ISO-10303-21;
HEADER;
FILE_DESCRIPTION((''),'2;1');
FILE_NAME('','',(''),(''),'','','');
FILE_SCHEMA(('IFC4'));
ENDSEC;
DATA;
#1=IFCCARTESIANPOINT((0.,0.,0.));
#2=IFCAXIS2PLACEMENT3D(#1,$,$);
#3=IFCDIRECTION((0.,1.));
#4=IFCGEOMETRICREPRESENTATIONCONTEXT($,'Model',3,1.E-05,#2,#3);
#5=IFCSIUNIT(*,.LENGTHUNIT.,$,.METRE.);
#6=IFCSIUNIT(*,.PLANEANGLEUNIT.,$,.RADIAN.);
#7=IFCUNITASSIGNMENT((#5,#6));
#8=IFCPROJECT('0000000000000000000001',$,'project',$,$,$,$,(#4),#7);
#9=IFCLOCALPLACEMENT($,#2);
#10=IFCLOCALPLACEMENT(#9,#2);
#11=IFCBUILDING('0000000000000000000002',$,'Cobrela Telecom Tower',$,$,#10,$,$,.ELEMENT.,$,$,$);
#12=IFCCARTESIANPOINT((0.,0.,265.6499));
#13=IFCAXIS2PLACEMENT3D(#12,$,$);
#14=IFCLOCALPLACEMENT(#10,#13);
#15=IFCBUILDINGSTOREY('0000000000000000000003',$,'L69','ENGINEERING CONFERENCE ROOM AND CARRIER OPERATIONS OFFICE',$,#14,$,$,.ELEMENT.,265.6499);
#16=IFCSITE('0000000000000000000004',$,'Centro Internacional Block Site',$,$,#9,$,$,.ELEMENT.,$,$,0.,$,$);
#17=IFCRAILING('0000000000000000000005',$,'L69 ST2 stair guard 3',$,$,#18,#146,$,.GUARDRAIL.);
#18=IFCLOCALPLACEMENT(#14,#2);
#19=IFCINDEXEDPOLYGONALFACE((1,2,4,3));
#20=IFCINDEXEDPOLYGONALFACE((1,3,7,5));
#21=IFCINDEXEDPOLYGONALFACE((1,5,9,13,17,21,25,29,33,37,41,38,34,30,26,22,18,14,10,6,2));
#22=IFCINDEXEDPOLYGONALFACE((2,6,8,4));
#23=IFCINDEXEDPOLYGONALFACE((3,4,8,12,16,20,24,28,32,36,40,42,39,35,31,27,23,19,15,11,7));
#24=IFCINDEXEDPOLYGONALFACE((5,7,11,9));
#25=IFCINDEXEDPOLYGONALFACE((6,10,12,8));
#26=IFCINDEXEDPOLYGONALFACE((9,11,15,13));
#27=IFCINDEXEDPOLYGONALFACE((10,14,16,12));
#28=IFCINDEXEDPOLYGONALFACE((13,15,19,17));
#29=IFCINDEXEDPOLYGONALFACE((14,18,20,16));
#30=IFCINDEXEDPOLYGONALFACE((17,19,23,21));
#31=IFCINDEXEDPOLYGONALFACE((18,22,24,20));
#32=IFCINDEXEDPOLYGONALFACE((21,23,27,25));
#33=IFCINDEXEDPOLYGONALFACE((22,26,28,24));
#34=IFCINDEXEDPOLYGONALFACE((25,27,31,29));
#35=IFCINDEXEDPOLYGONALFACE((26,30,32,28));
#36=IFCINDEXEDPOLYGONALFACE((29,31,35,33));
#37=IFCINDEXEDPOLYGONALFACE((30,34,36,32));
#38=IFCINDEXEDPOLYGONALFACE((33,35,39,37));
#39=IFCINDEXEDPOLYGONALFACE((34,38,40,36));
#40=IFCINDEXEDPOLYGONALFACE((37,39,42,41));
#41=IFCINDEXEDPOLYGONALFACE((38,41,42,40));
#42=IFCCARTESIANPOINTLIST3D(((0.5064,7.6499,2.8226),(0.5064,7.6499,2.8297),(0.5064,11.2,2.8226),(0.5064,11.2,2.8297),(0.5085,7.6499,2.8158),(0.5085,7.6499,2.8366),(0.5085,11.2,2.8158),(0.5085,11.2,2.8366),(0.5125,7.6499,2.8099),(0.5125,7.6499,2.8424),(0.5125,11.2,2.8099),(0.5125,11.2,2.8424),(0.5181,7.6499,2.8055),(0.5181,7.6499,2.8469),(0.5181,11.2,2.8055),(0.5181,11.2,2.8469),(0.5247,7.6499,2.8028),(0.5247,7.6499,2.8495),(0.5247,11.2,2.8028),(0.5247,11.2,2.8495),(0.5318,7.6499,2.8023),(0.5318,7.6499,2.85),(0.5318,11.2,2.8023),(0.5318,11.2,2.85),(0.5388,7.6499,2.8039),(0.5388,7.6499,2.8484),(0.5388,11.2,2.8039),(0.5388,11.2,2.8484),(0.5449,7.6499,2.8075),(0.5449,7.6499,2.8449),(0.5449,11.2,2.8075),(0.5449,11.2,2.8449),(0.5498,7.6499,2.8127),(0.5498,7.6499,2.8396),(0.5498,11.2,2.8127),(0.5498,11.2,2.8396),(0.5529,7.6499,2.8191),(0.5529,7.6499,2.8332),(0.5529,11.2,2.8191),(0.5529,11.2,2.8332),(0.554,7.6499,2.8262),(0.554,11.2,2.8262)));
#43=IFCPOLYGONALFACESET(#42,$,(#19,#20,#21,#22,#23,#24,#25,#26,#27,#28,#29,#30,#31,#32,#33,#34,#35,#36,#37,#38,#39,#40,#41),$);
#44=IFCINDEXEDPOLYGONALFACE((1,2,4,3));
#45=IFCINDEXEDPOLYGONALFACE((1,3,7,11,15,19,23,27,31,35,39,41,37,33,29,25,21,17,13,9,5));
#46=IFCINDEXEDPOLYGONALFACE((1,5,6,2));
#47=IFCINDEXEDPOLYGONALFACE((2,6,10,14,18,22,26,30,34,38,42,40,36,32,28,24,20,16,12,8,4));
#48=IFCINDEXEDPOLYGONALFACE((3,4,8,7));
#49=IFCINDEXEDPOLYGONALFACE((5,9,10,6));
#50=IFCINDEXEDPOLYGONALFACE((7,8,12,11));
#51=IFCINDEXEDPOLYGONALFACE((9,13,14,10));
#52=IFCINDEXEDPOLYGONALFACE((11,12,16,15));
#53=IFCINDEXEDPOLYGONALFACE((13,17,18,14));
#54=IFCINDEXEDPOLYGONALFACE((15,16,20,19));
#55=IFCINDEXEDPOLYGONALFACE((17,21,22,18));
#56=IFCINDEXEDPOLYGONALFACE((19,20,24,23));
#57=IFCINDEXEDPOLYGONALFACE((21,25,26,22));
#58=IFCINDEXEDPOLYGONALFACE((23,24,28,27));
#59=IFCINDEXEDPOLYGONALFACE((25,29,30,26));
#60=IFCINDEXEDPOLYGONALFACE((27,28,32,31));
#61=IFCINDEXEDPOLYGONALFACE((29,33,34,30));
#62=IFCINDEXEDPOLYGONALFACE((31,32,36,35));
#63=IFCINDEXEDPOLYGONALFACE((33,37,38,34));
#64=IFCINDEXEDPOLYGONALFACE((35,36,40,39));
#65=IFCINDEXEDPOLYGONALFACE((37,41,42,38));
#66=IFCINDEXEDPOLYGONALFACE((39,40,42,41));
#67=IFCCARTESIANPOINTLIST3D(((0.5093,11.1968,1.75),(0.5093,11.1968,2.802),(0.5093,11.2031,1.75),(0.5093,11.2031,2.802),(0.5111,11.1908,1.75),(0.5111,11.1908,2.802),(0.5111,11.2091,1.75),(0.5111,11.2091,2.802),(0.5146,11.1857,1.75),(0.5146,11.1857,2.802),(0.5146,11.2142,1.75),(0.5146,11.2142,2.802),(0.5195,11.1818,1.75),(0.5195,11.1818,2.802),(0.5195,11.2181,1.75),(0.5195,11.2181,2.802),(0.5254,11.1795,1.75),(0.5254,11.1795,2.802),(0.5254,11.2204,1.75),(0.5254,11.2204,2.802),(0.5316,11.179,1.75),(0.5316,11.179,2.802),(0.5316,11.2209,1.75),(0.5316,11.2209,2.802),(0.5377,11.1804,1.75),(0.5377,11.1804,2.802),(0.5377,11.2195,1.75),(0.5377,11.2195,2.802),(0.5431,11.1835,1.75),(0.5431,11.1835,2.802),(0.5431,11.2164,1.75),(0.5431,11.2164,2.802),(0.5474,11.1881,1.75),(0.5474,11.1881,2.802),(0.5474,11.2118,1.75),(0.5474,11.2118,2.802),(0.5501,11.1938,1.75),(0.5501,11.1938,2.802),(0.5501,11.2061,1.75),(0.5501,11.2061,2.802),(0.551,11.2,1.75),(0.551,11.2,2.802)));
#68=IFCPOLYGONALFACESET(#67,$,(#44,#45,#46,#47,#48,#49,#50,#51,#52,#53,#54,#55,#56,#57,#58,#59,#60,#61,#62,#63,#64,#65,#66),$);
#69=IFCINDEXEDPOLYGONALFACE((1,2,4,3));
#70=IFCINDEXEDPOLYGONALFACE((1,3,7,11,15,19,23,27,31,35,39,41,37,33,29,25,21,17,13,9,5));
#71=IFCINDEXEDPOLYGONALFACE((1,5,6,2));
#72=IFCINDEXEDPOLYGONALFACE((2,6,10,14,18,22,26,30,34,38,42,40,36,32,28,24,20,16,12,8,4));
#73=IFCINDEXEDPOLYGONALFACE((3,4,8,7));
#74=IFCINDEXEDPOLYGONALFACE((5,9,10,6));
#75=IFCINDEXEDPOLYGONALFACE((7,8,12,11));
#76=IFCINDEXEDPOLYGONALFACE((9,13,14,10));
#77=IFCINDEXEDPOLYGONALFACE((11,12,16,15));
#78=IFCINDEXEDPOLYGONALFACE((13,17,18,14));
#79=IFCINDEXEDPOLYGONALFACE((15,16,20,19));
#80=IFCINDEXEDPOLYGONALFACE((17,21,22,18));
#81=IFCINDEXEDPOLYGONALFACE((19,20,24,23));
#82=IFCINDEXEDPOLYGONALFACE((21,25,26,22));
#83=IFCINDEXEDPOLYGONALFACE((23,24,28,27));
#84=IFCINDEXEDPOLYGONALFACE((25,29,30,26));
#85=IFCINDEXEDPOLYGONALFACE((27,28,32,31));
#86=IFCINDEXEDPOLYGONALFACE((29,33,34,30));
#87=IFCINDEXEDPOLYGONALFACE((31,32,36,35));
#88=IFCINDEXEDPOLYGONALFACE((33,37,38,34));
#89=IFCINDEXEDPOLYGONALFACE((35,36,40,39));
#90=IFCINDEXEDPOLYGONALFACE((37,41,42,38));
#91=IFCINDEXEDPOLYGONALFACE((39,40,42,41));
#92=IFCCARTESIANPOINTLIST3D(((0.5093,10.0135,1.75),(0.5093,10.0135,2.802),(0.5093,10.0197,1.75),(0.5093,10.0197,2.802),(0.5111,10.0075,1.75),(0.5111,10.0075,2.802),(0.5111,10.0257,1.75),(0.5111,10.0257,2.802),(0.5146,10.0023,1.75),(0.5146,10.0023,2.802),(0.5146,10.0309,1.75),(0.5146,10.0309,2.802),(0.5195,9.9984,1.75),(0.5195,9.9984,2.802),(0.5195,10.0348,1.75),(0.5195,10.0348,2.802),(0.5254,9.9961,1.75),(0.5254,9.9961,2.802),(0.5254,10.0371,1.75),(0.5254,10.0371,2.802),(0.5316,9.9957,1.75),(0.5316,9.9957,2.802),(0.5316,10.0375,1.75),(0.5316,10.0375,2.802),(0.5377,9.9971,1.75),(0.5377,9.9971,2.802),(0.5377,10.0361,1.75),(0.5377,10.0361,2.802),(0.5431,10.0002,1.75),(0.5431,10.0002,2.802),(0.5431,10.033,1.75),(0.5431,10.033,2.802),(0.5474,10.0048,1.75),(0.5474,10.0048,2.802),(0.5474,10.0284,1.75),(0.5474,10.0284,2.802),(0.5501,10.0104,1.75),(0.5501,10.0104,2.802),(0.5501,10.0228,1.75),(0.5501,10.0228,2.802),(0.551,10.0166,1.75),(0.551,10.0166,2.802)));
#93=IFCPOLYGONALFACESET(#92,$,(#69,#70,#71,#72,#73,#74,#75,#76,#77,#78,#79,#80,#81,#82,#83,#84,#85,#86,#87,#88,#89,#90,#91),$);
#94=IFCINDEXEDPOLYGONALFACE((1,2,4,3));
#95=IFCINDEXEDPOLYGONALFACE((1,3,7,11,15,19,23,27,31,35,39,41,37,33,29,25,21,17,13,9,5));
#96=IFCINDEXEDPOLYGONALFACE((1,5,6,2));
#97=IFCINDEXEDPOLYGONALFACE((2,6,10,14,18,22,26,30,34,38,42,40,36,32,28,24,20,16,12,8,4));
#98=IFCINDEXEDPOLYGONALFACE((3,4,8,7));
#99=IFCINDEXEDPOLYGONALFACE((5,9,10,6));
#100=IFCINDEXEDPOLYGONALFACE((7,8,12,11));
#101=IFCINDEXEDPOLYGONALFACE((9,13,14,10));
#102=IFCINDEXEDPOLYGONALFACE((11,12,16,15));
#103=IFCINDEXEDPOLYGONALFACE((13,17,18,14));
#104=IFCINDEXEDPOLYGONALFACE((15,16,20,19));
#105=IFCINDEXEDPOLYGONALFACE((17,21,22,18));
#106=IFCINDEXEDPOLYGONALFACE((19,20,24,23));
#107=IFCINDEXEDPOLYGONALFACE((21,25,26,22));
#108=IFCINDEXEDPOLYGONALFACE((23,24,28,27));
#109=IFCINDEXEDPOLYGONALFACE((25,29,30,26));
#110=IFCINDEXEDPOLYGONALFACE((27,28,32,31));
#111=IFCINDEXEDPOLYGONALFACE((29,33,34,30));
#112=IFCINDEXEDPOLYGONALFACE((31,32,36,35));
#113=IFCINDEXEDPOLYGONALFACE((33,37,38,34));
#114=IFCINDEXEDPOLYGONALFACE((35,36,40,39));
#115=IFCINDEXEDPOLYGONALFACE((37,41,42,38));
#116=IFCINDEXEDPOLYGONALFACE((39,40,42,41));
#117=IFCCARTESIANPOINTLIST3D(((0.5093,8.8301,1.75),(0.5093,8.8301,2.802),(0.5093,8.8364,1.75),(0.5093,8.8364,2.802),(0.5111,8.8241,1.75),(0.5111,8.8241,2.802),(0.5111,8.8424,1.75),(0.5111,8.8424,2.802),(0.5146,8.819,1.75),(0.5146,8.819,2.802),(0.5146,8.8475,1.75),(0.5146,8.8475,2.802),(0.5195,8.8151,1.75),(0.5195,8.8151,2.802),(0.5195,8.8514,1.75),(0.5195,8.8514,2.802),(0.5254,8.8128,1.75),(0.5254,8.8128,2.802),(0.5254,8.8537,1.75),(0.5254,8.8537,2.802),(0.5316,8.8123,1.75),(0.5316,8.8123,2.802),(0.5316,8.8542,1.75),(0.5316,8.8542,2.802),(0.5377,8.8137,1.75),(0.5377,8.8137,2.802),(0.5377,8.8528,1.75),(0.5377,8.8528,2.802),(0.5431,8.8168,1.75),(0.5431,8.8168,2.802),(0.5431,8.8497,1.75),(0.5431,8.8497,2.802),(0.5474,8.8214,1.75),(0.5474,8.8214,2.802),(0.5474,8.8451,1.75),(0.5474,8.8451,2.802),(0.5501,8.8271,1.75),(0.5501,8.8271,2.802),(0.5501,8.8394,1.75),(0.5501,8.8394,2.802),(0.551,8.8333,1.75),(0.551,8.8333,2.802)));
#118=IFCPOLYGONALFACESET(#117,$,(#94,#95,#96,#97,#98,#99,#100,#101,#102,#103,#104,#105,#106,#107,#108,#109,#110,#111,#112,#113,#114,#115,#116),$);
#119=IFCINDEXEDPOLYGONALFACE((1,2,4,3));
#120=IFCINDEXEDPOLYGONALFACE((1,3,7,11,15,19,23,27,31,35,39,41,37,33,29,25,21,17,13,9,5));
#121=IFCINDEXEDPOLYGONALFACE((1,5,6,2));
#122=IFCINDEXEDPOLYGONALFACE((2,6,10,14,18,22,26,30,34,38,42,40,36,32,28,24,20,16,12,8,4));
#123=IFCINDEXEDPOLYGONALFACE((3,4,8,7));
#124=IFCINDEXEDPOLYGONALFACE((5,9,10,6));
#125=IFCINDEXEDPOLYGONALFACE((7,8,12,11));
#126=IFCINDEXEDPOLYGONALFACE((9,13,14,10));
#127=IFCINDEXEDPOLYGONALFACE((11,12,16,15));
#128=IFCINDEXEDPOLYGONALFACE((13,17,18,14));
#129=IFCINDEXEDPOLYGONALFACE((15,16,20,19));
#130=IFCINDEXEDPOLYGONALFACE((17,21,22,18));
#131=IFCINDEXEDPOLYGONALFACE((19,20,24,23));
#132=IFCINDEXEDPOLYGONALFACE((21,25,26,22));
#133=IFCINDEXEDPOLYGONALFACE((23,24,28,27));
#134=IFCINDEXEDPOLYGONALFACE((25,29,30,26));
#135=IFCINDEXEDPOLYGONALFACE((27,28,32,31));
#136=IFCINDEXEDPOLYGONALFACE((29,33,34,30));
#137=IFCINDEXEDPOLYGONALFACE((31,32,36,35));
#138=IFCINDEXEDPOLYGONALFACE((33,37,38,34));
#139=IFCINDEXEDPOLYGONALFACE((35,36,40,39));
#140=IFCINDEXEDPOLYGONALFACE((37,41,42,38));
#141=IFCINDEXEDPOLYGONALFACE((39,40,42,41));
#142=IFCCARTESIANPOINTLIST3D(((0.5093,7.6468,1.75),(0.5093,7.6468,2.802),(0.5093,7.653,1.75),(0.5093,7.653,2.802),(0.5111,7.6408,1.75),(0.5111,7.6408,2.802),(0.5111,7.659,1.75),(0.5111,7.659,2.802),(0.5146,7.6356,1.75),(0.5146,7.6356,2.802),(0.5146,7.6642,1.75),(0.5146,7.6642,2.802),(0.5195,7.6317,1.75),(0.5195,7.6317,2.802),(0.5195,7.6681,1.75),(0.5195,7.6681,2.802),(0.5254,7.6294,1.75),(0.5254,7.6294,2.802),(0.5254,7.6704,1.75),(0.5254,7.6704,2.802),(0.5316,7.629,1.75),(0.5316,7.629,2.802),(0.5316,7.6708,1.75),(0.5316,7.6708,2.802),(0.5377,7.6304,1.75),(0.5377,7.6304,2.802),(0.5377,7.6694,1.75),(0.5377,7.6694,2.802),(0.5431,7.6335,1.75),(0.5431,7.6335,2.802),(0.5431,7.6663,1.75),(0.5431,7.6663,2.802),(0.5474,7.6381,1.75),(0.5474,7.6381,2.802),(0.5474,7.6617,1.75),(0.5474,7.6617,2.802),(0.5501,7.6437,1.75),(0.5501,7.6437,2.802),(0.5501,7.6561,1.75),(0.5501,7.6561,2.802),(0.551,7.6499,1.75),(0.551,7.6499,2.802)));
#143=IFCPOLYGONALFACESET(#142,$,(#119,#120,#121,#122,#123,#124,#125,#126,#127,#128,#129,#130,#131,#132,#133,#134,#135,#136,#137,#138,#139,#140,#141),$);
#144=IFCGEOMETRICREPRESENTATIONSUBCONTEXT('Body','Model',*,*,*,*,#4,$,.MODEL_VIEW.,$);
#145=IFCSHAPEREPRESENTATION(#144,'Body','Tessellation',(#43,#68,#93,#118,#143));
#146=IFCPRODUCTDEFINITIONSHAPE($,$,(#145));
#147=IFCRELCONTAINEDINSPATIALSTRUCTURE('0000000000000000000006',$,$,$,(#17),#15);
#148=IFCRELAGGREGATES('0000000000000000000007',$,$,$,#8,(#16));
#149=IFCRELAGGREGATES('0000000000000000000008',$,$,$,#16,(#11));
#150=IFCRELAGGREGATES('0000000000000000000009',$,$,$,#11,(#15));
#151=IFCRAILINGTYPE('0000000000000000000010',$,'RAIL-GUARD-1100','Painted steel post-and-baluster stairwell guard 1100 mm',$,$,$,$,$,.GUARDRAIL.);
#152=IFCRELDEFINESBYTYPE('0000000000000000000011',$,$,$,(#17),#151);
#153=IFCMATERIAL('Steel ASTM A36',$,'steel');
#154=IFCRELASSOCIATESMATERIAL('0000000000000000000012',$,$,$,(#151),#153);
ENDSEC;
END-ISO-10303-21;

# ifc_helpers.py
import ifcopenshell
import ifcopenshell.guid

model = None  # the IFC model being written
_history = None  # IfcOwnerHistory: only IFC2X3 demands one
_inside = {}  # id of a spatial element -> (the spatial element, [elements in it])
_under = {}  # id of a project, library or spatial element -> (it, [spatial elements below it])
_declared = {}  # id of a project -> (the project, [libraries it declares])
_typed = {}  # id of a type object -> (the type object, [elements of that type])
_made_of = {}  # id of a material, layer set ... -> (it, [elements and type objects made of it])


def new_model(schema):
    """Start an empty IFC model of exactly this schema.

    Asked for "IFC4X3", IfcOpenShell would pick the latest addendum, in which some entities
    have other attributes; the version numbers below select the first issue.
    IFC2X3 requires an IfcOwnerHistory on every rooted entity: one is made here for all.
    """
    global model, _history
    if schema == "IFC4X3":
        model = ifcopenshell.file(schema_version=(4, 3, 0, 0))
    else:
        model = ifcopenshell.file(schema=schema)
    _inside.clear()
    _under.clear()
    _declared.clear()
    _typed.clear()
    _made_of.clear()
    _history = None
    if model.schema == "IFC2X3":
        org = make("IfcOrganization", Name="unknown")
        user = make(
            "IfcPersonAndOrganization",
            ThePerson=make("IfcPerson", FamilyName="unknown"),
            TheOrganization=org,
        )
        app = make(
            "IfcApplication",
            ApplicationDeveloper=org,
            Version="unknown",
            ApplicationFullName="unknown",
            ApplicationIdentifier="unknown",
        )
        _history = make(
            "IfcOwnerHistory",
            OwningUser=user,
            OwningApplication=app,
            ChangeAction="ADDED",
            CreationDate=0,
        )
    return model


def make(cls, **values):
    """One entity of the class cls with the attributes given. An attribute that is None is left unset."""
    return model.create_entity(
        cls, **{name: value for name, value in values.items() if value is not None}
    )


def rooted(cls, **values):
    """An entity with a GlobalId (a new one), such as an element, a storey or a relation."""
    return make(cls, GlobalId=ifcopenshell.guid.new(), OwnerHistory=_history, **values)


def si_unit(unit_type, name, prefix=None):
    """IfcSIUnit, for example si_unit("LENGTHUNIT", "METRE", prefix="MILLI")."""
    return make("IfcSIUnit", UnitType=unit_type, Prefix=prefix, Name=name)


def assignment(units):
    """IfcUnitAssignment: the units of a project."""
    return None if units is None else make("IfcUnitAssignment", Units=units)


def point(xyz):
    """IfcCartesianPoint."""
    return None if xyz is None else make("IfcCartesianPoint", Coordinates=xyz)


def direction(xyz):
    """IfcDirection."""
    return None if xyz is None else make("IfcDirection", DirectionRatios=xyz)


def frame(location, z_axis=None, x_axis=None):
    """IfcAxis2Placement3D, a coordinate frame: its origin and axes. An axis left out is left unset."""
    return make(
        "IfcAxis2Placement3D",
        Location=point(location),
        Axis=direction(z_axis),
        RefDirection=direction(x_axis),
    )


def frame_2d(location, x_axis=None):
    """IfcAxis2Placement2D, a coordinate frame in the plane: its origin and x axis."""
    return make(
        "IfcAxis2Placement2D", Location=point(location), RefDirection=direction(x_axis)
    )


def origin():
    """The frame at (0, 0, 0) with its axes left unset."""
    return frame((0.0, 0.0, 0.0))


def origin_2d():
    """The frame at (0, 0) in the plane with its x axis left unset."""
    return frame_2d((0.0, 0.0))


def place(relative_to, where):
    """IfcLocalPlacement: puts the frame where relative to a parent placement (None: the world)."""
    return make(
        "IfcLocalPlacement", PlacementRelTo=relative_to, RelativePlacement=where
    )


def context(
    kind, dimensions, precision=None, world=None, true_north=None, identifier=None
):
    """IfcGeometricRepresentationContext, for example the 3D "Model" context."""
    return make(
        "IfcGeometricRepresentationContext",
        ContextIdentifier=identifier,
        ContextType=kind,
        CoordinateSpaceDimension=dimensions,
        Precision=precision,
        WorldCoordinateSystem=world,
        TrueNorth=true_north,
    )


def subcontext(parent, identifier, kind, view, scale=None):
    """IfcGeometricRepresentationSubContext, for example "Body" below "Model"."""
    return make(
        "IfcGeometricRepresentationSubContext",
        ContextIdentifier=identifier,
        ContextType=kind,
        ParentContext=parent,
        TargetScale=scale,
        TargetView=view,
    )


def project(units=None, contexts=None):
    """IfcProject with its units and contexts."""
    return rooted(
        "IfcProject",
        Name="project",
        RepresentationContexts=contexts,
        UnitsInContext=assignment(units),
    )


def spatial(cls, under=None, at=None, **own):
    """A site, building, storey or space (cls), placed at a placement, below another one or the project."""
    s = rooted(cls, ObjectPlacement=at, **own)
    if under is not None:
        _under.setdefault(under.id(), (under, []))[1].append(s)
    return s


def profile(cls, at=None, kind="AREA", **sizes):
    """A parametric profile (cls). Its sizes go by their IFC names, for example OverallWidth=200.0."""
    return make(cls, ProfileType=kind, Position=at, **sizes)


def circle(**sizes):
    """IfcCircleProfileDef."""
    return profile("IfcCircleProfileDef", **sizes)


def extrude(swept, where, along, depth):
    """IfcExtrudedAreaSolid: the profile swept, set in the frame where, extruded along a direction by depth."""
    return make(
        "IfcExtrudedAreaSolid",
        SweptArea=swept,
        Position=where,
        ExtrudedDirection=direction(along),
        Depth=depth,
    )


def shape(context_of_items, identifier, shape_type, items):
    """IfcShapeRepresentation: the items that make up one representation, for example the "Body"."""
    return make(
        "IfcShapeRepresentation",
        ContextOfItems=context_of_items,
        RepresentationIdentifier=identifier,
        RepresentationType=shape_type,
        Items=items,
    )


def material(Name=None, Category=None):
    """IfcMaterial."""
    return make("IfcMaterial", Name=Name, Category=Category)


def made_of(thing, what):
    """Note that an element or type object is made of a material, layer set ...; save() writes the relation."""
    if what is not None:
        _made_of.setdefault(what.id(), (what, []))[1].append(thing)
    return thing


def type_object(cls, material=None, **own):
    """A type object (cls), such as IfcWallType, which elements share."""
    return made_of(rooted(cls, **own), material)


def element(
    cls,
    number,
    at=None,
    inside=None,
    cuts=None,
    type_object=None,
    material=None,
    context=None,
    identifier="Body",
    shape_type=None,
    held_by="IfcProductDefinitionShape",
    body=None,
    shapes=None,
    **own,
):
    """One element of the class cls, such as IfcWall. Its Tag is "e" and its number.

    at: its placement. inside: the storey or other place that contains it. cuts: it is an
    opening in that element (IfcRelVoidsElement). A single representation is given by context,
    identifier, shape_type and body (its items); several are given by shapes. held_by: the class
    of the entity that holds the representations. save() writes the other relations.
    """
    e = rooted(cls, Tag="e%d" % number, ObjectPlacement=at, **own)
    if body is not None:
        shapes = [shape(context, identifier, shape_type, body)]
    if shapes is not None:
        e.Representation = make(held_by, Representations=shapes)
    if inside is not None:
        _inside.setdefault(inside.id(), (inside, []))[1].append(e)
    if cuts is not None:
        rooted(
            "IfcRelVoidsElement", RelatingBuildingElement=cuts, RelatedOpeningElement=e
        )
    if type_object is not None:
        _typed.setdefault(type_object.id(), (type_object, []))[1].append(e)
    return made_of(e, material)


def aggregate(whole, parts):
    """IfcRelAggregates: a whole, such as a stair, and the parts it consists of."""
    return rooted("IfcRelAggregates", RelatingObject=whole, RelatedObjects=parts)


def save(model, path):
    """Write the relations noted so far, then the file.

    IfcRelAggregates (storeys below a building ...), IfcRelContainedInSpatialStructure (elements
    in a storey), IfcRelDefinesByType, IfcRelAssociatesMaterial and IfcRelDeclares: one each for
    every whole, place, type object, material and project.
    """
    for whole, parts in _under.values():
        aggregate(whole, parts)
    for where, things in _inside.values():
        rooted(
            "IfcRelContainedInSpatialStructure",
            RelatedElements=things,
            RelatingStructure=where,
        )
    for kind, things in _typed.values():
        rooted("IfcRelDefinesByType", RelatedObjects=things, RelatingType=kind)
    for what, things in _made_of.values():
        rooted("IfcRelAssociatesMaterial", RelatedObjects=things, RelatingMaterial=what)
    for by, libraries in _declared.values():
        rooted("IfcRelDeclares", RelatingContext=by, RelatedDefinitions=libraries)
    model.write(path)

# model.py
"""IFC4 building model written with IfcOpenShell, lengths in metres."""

from ifc_helpers import new_model, si_unit, direction, frame, origin, origin_2d, place, context, subcontext, project, spatial, circle, extrude, material, type_object, element, save


model = new_model("IFC4")

# Units and contexts
model_context = context("Model", 3, precision=1e-05, world=origin(), true_north=direction((0.0, 1.0)))
body_context = subcontext(model_context, "Body", "Model", "MODEL_VIEW")
ifc_project = project(units=[si_unit("LENGTHUNIT", "METRE"), si_unit("PLANEANGLEUNIT", "RADIAN")], contexts=[model_context])

# Site, building, storey
site_placement = place(None, origin())
site = spatial("IfcSite", under=ifc_project, at=site_placement, Name="Centro Internacional Block Site", CompositionType="ELEMENT", RefElevation=0.0)
building_placement = place(site_placement, origin())
building = spatial("IfcBuilding", under=site, at=building_placement, Name="Cobrela Telecom Tower", CompositionType="ELEMENT")
storey_placement = place(building_placement, frame((0.0, 0.0, 265.6499)))
storey = spatial("IfcBuildingStorey", under=building, at=storey_placement, Name="L69", Description="ENGINEERING CONFERENCE ROOM AND CARRIER OPERATIONS OFFICE", CompositionType="ELEMENT", Elevation=265.6499)

# Shared definitions
ifc_material_1 = material(Name="Steel ASTM A36", Category="steel")

# Railing
railing_type = type_object("IfcRailingType", Name="RAIL-GUARD-1100", Description="Painted steel post-and-baluster stairwell guard 1100 mm", PredefinedType="GUARDRAIL", material=ifc_material_1)
railing_1_placement = place(storey_placement, frame((0.53, 11.2, 1.75)))
element("IfcRailing", 1, at=railing_1_placement, inside=storey, type_object=railing_type, Name="L69 ST2 stair guard 3", PredefinedType="GUARDRAIL", context=body_context, shape_type="SweptSolid", body=[
    extrude(circle(Radius=0.0239, at=origin_2d()), frame((0.0, 0.0, 1.0762), z_axis=(0.0, -1.0, 0.0), x_axis=(1.0, 0.0, 0.0)), (0.0, 0.0, 1.0), 3.55),
    extrude(circle(Radius=0.021, at=origin_2d()), origin(), (0.0, 0.0, 1.0), 1.052),
    extrude(circle(Radius=0.021, at=origin_2d()), frame((0.0, -1.1833, 0.0)), (0.0, 0.0, 1.0), 1.052),
    extrude(circle(Radius=0.021, at=origin_2d()), frame((0.0, -2.3667, 0.0)), (0.0, 0.0, 1.0), 1.052),
    extrude(circle(Radius=0.021, at=origin_2d()), frame((0.0, -3.55, 0.0)), (0.0, 0.0, 1.0), 1.052),
])

save(model, "model.ifc")
